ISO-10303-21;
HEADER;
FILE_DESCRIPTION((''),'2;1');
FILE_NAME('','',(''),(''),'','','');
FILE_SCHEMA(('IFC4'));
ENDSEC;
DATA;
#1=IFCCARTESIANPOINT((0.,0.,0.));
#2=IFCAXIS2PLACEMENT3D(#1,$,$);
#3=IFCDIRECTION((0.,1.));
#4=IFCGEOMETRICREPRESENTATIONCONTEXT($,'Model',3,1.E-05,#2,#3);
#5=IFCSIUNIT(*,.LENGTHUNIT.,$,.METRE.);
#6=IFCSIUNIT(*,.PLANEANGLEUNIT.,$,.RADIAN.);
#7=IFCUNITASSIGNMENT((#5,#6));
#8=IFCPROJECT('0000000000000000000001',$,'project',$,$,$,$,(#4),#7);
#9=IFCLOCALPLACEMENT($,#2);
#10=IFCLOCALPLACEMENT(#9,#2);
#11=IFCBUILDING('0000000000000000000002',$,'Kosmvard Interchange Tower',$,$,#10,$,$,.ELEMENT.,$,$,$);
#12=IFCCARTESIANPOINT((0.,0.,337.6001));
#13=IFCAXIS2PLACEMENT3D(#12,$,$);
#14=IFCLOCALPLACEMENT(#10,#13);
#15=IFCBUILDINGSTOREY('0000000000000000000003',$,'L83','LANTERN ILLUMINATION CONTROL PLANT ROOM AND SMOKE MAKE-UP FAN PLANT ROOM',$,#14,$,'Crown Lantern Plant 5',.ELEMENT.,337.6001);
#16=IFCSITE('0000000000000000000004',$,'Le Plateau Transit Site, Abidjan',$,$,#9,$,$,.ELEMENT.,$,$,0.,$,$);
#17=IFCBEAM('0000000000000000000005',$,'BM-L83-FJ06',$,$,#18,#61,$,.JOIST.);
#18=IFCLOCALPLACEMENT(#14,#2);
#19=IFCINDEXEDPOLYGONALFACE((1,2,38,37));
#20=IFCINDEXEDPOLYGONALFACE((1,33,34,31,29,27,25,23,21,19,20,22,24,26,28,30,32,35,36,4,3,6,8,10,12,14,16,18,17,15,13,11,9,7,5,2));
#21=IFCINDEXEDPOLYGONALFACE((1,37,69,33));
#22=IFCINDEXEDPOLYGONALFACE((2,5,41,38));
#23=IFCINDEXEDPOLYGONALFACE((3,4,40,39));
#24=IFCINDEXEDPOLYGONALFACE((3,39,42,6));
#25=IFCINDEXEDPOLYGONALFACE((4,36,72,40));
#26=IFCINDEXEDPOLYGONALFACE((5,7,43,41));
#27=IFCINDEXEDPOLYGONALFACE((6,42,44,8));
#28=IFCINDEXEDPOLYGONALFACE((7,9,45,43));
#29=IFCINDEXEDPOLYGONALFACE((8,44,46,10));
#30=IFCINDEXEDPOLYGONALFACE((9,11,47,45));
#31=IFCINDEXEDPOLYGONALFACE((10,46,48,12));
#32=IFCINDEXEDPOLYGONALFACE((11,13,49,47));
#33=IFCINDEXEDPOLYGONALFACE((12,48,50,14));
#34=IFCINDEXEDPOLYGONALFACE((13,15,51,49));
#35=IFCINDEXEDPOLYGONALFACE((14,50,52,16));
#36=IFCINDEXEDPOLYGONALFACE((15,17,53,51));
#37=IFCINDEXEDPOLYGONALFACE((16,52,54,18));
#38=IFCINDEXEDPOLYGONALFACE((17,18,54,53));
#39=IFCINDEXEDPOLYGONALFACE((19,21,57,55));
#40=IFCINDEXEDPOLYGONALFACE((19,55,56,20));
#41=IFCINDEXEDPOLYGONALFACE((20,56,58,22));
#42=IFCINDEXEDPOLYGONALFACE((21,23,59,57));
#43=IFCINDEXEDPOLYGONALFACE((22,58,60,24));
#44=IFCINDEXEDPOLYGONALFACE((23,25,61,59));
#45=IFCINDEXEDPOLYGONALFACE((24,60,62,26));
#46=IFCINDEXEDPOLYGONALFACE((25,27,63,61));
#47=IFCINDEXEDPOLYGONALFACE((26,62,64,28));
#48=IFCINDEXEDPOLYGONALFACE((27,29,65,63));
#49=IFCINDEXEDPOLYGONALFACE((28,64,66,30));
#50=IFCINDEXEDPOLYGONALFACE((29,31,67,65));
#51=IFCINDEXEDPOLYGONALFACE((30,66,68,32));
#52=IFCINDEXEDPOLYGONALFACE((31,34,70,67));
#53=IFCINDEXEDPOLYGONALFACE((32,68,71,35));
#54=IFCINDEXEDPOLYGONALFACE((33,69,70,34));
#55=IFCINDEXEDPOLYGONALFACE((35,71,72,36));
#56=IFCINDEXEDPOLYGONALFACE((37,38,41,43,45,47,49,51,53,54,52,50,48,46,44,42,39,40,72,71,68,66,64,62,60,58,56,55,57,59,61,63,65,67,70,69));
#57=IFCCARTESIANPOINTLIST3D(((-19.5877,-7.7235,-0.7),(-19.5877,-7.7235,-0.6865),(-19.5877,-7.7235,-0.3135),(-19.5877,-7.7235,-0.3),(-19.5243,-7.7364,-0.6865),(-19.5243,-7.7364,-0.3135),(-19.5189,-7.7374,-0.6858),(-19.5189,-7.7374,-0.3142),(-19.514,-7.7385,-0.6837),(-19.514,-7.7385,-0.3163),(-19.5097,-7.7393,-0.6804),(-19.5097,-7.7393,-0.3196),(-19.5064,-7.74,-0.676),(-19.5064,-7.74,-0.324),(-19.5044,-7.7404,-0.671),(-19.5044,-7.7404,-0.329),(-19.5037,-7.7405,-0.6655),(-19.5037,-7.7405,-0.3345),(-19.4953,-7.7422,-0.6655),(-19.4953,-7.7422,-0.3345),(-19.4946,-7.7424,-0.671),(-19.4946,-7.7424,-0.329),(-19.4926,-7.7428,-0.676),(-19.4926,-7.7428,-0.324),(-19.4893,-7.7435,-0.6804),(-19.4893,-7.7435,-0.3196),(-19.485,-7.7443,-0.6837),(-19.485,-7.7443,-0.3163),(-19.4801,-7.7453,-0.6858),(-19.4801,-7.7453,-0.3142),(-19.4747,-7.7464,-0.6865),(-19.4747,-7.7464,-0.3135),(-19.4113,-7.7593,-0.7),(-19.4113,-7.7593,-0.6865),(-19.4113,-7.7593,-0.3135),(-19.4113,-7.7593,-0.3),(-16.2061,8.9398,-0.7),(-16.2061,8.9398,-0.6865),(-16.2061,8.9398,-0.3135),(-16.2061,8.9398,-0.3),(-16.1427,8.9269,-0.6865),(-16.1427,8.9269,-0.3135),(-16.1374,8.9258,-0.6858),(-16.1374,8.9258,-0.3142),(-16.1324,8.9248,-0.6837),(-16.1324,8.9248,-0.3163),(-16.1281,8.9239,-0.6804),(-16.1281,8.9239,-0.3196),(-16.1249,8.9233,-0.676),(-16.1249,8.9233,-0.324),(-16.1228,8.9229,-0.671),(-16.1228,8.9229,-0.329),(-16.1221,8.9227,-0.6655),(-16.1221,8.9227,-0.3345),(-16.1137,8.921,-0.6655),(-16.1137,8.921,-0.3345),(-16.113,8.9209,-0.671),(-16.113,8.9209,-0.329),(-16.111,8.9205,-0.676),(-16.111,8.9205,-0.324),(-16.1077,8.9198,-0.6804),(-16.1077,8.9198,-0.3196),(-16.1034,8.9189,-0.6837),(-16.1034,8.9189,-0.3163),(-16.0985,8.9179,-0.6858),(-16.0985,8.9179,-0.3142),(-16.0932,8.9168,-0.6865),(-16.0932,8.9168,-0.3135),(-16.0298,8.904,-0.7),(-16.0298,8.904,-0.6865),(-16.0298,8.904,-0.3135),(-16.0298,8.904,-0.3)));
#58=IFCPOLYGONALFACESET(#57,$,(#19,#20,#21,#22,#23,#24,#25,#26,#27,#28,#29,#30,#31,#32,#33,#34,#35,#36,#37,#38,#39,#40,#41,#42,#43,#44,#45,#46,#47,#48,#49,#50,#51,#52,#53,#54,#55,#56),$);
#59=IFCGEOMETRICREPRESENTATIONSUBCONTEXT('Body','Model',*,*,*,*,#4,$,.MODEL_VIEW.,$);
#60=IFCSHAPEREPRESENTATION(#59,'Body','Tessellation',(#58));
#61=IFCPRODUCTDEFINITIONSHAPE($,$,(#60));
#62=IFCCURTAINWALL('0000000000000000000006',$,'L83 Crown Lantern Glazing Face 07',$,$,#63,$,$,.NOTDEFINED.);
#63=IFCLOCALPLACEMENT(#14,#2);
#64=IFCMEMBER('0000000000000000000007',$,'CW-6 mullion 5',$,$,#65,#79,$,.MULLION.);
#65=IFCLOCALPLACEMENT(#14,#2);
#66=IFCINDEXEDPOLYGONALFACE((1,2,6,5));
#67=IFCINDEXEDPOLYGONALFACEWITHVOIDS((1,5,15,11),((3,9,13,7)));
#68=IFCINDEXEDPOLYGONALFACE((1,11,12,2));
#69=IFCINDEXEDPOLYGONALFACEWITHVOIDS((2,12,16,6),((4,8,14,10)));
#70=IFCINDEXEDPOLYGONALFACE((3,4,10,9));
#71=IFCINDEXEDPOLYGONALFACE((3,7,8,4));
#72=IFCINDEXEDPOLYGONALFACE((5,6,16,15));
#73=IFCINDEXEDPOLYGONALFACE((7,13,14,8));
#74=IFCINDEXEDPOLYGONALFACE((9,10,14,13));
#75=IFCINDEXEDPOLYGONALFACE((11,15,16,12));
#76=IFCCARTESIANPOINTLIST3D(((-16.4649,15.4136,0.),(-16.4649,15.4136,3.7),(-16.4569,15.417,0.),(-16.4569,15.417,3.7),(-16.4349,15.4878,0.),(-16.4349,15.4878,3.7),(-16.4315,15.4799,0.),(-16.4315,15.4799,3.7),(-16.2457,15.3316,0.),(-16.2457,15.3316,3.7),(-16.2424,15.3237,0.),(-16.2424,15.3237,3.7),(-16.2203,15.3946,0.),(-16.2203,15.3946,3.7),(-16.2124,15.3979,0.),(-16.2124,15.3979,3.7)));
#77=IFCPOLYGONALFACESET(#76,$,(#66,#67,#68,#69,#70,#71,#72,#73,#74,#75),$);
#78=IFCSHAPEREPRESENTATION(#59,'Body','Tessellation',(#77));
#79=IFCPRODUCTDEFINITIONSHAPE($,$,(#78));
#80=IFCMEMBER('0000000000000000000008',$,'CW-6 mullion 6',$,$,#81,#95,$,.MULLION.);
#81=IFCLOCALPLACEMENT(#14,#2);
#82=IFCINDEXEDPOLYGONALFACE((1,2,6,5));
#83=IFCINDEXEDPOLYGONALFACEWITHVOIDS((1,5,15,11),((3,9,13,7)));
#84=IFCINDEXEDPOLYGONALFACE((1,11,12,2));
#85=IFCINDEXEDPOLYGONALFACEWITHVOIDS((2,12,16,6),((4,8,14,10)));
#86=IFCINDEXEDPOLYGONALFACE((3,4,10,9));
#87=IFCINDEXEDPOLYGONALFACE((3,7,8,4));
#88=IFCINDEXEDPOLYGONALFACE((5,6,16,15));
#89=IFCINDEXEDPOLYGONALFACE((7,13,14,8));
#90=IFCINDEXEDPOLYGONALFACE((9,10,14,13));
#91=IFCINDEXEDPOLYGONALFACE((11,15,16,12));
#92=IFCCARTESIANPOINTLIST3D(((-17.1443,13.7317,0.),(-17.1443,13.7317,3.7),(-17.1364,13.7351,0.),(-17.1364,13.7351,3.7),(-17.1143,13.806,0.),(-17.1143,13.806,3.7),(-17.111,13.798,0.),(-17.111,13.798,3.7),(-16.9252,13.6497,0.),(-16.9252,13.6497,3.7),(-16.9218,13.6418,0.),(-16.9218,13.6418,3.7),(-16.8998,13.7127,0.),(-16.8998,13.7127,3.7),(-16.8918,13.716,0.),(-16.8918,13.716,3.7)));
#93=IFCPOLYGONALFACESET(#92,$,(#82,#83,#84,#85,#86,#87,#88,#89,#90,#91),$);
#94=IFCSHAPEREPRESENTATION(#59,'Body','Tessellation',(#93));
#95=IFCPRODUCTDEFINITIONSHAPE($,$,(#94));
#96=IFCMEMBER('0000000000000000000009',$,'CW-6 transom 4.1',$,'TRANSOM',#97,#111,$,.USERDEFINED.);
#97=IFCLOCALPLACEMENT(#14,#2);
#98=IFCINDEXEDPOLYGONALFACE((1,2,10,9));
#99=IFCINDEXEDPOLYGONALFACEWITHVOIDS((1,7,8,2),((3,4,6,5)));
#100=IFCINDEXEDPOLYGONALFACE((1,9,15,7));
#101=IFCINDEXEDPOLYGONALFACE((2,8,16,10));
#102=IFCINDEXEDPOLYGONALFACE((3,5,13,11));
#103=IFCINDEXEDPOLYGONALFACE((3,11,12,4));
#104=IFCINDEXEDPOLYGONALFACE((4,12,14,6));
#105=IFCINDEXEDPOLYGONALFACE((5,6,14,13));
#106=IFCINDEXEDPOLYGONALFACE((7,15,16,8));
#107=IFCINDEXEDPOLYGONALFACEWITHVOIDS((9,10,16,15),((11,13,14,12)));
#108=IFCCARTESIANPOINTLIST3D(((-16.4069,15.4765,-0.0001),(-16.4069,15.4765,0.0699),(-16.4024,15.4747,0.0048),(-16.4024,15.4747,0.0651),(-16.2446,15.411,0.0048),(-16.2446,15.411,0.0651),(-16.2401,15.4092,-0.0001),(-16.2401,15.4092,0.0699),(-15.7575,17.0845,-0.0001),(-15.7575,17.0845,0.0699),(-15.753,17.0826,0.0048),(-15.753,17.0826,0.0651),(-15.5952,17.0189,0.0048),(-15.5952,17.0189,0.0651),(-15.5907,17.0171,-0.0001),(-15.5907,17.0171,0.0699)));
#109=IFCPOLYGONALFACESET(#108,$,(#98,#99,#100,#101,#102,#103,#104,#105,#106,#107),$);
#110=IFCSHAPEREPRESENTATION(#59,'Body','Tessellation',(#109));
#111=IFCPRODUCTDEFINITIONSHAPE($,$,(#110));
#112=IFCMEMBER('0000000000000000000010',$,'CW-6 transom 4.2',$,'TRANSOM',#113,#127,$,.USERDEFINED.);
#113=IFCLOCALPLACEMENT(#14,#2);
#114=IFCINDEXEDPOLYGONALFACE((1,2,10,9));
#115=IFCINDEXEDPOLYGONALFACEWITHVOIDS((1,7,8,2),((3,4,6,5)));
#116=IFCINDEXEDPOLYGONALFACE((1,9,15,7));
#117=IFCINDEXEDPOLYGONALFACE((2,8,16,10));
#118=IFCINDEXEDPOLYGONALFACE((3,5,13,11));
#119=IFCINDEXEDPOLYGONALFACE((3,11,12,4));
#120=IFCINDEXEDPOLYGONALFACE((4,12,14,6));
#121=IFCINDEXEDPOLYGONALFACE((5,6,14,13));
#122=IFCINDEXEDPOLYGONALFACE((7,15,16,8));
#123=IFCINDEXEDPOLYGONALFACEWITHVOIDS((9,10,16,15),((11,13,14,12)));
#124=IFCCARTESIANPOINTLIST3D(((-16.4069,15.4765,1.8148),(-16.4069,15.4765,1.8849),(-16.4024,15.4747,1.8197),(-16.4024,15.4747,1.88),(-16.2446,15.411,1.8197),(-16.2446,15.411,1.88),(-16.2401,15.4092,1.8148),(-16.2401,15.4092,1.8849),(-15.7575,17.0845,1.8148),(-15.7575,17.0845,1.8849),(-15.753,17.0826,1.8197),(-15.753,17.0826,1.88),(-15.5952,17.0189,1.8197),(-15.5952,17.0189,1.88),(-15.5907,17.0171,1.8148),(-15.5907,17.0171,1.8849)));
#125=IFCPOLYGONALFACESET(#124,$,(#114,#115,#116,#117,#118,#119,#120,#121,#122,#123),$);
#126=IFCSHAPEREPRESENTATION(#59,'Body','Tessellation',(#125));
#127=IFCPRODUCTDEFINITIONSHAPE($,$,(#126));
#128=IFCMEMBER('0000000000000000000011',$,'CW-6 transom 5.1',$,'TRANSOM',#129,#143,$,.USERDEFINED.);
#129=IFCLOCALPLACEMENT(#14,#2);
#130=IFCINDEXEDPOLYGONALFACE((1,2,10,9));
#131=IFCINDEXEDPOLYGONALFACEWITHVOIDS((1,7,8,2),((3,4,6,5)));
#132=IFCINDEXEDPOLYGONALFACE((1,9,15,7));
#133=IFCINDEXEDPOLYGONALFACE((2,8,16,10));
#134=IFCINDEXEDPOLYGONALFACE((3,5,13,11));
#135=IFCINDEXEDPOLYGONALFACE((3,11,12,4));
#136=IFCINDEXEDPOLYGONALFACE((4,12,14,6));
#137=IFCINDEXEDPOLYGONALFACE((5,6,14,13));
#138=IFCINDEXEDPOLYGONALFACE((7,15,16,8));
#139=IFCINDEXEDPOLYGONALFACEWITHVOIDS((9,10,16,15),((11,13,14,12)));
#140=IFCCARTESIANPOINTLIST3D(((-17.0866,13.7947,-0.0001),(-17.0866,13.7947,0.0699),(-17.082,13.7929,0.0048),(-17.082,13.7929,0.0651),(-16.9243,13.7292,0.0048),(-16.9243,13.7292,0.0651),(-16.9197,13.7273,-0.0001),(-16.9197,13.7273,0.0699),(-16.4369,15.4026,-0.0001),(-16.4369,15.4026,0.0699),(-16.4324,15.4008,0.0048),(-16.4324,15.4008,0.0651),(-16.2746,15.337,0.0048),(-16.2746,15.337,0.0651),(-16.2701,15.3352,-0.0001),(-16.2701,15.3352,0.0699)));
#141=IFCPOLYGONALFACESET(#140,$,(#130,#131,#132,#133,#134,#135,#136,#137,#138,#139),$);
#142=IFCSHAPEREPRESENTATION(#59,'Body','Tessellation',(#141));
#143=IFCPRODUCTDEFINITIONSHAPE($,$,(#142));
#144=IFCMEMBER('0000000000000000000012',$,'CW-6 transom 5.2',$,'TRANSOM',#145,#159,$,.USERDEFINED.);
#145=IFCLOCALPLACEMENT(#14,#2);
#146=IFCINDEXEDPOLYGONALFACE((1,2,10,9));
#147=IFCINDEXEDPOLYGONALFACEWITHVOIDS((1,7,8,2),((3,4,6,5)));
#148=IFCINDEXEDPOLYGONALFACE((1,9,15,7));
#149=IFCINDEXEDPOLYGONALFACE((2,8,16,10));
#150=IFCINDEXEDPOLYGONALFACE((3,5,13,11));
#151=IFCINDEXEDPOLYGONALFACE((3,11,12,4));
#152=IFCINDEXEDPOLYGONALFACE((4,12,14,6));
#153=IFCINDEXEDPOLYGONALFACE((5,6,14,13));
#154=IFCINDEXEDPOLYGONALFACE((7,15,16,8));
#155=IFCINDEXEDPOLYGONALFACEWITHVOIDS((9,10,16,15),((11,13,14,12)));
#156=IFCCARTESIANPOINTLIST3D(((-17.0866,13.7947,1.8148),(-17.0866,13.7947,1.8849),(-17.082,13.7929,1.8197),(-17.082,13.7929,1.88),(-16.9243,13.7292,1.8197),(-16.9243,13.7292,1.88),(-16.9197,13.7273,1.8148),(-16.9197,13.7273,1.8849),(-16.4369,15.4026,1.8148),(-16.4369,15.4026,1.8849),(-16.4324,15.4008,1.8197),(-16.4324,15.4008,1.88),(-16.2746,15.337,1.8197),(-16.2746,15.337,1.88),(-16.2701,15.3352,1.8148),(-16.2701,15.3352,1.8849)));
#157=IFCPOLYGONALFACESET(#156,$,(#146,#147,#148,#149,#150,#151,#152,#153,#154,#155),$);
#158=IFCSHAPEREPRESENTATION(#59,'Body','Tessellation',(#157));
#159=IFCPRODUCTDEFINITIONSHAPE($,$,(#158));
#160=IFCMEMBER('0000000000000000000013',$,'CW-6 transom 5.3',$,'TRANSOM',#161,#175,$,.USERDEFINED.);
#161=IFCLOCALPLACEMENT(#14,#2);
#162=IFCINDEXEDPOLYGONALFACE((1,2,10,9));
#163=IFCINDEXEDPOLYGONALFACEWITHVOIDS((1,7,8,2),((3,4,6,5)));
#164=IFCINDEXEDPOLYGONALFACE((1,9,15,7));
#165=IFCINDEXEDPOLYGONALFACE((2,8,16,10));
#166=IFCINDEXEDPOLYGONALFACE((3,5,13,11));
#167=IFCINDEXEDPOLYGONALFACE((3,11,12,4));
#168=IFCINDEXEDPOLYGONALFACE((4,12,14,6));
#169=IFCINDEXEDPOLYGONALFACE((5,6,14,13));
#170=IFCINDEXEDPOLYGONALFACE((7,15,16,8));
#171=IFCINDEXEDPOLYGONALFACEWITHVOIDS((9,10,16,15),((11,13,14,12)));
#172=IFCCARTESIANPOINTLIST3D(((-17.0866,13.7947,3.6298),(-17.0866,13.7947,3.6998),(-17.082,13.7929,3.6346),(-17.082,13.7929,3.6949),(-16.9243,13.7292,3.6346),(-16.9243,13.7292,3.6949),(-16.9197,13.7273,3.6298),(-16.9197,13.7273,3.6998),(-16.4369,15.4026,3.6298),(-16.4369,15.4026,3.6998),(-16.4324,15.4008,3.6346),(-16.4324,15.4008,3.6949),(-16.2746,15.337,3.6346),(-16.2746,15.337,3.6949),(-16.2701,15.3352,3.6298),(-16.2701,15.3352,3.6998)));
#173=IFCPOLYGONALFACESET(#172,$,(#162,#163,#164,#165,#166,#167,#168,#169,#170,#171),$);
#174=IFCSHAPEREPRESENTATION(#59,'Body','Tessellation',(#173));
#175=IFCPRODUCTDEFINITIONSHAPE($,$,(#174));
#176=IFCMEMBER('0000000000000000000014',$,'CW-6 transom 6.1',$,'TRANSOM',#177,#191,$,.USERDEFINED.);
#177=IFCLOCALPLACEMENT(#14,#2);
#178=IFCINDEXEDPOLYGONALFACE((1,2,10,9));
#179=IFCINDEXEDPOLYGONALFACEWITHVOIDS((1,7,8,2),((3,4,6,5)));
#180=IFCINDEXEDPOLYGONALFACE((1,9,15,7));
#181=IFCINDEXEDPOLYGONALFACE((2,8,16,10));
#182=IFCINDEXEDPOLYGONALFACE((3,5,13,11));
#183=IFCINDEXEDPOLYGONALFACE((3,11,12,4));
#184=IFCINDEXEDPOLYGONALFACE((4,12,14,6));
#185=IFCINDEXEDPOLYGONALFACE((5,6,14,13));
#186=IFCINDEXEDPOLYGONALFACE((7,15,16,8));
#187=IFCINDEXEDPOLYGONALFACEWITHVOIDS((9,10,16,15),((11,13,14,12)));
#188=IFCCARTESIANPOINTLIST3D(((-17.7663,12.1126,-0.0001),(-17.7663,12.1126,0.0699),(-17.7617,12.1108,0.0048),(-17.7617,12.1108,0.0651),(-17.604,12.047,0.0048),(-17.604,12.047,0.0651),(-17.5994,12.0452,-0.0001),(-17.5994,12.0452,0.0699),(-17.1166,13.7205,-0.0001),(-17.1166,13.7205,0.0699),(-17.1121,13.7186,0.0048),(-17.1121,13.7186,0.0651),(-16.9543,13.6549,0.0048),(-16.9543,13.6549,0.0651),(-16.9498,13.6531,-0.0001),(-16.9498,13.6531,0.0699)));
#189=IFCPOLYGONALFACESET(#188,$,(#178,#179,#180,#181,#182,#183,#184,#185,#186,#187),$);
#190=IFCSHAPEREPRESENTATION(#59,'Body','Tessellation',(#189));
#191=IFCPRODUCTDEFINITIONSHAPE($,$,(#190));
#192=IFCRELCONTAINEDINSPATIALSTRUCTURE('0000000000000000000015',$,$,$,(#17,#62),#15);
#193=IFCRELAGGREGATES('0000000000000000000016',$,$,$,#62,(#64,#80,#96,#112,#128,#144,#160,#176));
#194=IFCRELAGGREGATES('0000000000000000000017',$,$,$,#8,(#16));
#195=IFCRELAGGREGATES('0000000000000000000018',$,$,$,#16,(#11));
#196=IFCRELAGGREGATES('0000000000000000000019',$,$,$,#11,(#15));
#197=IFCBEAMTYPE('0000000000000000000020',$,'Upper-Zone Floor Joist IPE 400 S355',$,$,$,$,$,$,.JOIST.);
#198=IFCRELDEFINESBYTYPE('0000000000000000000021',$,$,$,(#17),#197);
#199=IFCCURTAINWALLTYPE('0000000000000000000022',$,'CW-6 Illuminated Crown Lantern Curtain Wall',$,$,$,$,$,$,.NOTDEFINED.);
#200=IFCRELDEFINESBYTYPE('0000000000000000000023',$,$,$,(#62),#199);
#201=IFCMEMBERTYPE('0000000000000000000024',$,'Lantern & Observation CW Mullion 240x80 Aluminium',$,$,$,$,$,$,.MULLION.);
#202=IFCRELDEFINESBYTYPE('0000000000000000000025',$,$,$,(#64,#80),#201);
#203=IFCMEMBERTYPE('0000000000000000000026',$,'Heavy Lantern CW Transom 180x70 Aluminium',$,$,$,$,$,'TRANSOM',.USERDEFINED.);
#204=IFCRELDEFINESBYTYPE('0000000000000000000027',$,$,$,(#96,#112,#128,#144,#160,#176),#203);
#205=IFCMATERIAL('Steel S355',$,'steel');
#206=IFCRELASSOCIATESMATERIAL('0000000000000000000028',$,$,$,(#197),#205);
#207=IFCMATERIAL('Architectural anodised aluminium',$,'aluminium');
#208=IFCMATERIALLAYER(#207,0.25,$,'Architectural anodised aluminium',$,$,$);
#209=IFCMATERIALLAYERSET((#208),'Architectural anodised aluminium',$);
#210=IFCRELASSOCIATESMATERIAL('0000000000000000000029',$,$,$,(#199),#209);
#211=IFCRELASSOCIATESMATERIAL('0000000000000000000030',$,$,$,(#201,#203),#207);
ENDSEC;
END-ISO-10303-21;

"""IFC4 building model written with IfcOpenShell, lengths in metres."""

from ifc_helpers import new_model, si_unit, direction, frame, origin, origin_2d, place, context, subcontext, project, spatial, hollow_rectangle, i_section, extrude, source, transform, mapped, material, layer, layer_set, material_profile, profile_set, type_object, element, aggregate, save


model = new_model("IFC4")

# Units and contexts
model_context = context("Model", 3, precision=1e-05, world=origin(), true_north=direction((0.0, 1.0)))
body_context = subcontext(model_context, "Body", "Model", "MODEL_VIEW")
ifc_project = project(units=[si_unit("LENGTHUNIT", "METRE"), si_unit("PLANEANGLEUNIT", "RADIAN")], contexts=[model_context])

# Site, building, storey
site_placement = place(None, origin())
site = spatial("IfcSite", under=ifc_project, at=site_placement, Name="Le Plateau Transit Site, Abidjan", CompositionType="ELEMENT", RefElevation=0.0)
building_placement = place(site_placement, origin())
building = spatial("IfcBuilding", under=site, at=building_placement, Name="Kosmvard Interchange Tower", CompositionType="ELEMENT")
storey_placement = place(building_placement, frame((0.0, 0.0, 337.6001)))
storey = spatial("IfcBuildingStorey", under=building, at=storey_placement, Name="L83", Description="LANTERN ILLUMINATION CONTROL PLANT ROOM AND SMOKE MAKE-UP FAN PLANT ROOM", LongName="Crown Lantern Plant 5", CompositionType="ELEMENT", Elevation=337.6001)

# Beam
ifc_material_1 = material(Name="Steel S355", Category="steel")
ifc_material_profile_1 = material_profile(ifc_material_1, i_section(OverallWidth=0.1799, OverallDepth=0.3999, WebThickness=0.0085, FlangeThickness=0.0134, FilletRadius=0.021, at=origin_2d()), Name="IPE 400")
ifc_profile_set_1 = profile_set([ifc_material_profile_1], Name="Steel S355")
beam_type_1 = type_object("IfcBeamType", Name="Upper-Zone Floor Joist IPE 400 S355", PredefinedType="JOIST", material=ifc_profile_set_1)
shared_shape_1 = source(origin(), body_context, "Body", "SweptSolid", [
    extrude(i_section(OverallWidth=0.1799, OverallDepth=0.3999, WebThickness=0.0085, FlangeThickness=0.0134, FilletRadius=0.021, at=origin_2d()), origin(), (0.0, 0.0, 1.0), 17.0029),
])
beam_1_placement = place(storey_placement, frame((-16.1179, 8.9219, -0.5), z_axis=(-0.198882, -0.980023, 0.0), x_axis=(0.980023, -0.198882, 0.0)))
element("IfcBeam", 1, at=beam_1_placement, inside=storey, type_object=beam_type_1, Name="BM-L83-FJ06", PredefinedType="JOIST", context=body_context, shape_type="MappedRepresentation", body=[
    mapped(shared_shape_1, transform((0.0, 0.0, 0.0), scale=1.0)),
])

# Curtain wall, members
ifc_material_2 = material(Name="Architectural anodised aluminium", Category="aluminium")
ifc_layer_1 = layer(ifc_material_2, 0.25, Name="Architectural anodised aluminium")
ifc_layer_set_1 = layer_set([ifc_layer_1], Name="Architectural anodised aluminium")
curtain_wall_type = type_object("IfcCurtainWallType", Name="CW-6 Illuminated Crown Lantern Curtain Wall", PredefinedType="NOTDEFINED", material=ifc_layer_set_1)
curtain_wall_placement = place(storey_placement, origin())
curtain_wall = element("IfcCurtainWall", 2, at=curtain_wall_placement, inside=storey, type_object=curtain_wall_type, Name="L83 Crown Lantern Glazing Face 07", PredefinedType="NOTDEFINED")
ifc_material_profile_2 = material_profile(ifc_material_2, hollow_rectangle(XDim=0.24, YDim=0.0801, WallThickness=0.0061, at=origin_2d()), Name="CWM 240x80x6")
ifc_profile_set_2 = profile_set([ifc_material_profile_2], Name="Architectural anodised aluminium")
member_type_1 = type_object("IfcMemberType", Name="Lantern & Observation CW Mullion 240x80 Aluminium", PredefinedType="MULLION", material=ifc_profile_set_2)
shared_shape_2 = source(origin(), body_context, "Body", "SweptSolid", [
    extrude(hollow_rectangle(XDim=0.24, YDim=0.0801, WallThickness=0.0061, at=origin_2d()), origin(), (0.0, 0.0, 1.0), 3.7),
])
member_1_placement = place(storey_placement, frame((-16.3386, 15.4058, 0.0), z_axis=(0.0, 0.0, 1.0), x_axis=(0.927184, -0.374607, 0.0)))
member_1 = element("IfcMember", 3, at=member_1_placement, type_object=member_type_1, Name="CW-6 mullion 5", PredefinedType="MULLION", context=body_context, shape_type="MappedRepresentation", body=[
    mapped(shared_shape_2, transform((0.0, 0.0, 0.0), scale=1.0)),
])
member_2_placement = place(storey_placement, frame((-17.0181, 13.7239, 0.0), z_axis=(0.0, 0.0, 1.0), x_axis=(0.927184, -0.374607, 0.0)))
member_2 = element("IfcMember", 4, at=member_2_placement, type_object=member_type_1, Name="CW-6 mullion 6", PredefinedType="MULLION", context=body_context, shape_type="MappedRepresentation", body=[
    mapped(shared_shape_2, transform((0.0, 0.0, 0.0), scale=1.0)),
])
ifc_material_profile_3 = material_profile(ifc_material_2, hollow_rectangle(XDim=0.1799, YDim=0.0701, WallThickness=0.0049, at=origin_2d()), Name="CWT 180x70x5")
ifc_profile_set_3 = profile_set([ifc_material_profile_3], Name="Architectural anodised aluminium")
member_type_2 = type_object("IfcMemberType", Name="Heavy Lantern CW Transom 180x70 Aluminium", ElementType="TRANSOM", PredefinedType="USERDEFINED", material=ifc_profile_set_3)
shared_shape_3 = source(origin(), body_context, "Body", "SweptSolid", [
    extrude(hollow_rectangle(XDim=0.1799, YDim=0.0701, WallThickness=0.0049, at=origin_2d()), origin(), (0.0, 0.0, 1.0), 1.7341),
])
member_3_placement = place(storey_placement, frame((-15.6741, 17.0508, 0.0349), z_axis=(-0.374496, -0.927229, 0.0), x_axis=(0.927229, -0.374496, 0.0)))
member_3 = element("IfcMember", 5, at=member_3_placement, type_object=member_type_2, Name="CW-6 transom 4.1", ObjectType="TRANSOM", PredefinedType="USERDEFINED", context=body_context, shape_type="MappedRepresentation", body=[
    mapped(shared_shape_3, transform((0.0, 0.0, 0.0), scale=1.0)),
])
member_4_placement = place(storey_placement, frame((-15.6741, 17.0508, 1.8499), z_axis=(-0.374496, -0.927229, 0.0), x_axis=(0.927229, -0.374496, 0.0)))
member_4 = element("IfcMember", 6, at=member_4_placement, type_object=member_type_2, Name="CW-6 transom 4.2", ObjectType="TRANSOM", PredefinedType="USERDEFINED", context=body_context, shape_type="MappedRepresentation", body=[
    mapped(shared_shape_3, transform((0.0, 0.0, 0.0), scale=1.0)),
])
member_5_placement = place(storey_placement, frame((-16.3535, 15.3689, 0.0349), z_axis=(-0.374617, -0.92718, 0.0), x_axis=(0.92718, -0.374617, 0.0)))
member_5 = element("IfcMember", 7, at=member_5_placement, type_object=member_type_2, Name="CW-6 transom 5.1", ObjectType="TRANSOM", PredefinedType="USERDEFINED", context=body_context, shape_type="MappedRepresentation", body=[
    mapped(shared_shape_3, transform((0.0, 0.0, 0.0), scale=1.0)),
])
member_6_placement = place(storey_placement, frame((-16.3535, 15.3689, 1.8499), z_axis=(-0.374617, -0.92718, 0.0), x_axis=(0.92718, -0.374617, 0.0)))
member_6 = element("IfcMember", 8, at=member_6_placement, type_object=member_type_2, Name="CW-6 transom 5.2", ObjectType="TRANSOM", PredefinedType="USERDEFINED", context=body_context, shape_type="MappedRepresentation", body=[
    mapped(shared_shape_3, transform((0.0, 0.0, 0.0), scale=1.0)),
])
member_7_placement = place(storey_placement, frame((-16.3535, 15.3689, 3.6648), z_axis=(-0.374617, -0.92718, 0.0), x_axis=(0.92718, -0.374617, 0.0)))
member_7 = element("IfcMember", 9, at=member_7_placement, type_object=member_type_2, Name="CW-6 transom 5.3", ObjectType="TRANSOM", PredefinedType="USERDEFINED", context=body_context, shape_type="MappedRepresentation", body=[
    mapped(shared_shape_3, transform((0.0, 0.0, 0.0), scale=1.0)),
])
member_8_placement = place(storey_placement, frame((-17.0332, 13.6868, 0.0349), z_axis=(-0.374617, -0.92718, 0.0), x_axis=(0.92718, -0.374617, 0.0)))
member_8 = element("IfcMember", 10, at=member_8_placement, type_object=member_type_2, Name="CW-6 transom 6.1", ObjectType="TRANSOM", PredefinedType="USERDEFINED", context=body_context, shape_type="MappedRepresentation", body=[
    mapped(shared_shape_3, transform((0.0, 0.0, 0.0), scale=1.0)),
])

aggregate(curtain_wall, [member_1, member_2, member_3, member_4, member_5, member_6, member_7, member_8])

save(model, "model.ifc")
